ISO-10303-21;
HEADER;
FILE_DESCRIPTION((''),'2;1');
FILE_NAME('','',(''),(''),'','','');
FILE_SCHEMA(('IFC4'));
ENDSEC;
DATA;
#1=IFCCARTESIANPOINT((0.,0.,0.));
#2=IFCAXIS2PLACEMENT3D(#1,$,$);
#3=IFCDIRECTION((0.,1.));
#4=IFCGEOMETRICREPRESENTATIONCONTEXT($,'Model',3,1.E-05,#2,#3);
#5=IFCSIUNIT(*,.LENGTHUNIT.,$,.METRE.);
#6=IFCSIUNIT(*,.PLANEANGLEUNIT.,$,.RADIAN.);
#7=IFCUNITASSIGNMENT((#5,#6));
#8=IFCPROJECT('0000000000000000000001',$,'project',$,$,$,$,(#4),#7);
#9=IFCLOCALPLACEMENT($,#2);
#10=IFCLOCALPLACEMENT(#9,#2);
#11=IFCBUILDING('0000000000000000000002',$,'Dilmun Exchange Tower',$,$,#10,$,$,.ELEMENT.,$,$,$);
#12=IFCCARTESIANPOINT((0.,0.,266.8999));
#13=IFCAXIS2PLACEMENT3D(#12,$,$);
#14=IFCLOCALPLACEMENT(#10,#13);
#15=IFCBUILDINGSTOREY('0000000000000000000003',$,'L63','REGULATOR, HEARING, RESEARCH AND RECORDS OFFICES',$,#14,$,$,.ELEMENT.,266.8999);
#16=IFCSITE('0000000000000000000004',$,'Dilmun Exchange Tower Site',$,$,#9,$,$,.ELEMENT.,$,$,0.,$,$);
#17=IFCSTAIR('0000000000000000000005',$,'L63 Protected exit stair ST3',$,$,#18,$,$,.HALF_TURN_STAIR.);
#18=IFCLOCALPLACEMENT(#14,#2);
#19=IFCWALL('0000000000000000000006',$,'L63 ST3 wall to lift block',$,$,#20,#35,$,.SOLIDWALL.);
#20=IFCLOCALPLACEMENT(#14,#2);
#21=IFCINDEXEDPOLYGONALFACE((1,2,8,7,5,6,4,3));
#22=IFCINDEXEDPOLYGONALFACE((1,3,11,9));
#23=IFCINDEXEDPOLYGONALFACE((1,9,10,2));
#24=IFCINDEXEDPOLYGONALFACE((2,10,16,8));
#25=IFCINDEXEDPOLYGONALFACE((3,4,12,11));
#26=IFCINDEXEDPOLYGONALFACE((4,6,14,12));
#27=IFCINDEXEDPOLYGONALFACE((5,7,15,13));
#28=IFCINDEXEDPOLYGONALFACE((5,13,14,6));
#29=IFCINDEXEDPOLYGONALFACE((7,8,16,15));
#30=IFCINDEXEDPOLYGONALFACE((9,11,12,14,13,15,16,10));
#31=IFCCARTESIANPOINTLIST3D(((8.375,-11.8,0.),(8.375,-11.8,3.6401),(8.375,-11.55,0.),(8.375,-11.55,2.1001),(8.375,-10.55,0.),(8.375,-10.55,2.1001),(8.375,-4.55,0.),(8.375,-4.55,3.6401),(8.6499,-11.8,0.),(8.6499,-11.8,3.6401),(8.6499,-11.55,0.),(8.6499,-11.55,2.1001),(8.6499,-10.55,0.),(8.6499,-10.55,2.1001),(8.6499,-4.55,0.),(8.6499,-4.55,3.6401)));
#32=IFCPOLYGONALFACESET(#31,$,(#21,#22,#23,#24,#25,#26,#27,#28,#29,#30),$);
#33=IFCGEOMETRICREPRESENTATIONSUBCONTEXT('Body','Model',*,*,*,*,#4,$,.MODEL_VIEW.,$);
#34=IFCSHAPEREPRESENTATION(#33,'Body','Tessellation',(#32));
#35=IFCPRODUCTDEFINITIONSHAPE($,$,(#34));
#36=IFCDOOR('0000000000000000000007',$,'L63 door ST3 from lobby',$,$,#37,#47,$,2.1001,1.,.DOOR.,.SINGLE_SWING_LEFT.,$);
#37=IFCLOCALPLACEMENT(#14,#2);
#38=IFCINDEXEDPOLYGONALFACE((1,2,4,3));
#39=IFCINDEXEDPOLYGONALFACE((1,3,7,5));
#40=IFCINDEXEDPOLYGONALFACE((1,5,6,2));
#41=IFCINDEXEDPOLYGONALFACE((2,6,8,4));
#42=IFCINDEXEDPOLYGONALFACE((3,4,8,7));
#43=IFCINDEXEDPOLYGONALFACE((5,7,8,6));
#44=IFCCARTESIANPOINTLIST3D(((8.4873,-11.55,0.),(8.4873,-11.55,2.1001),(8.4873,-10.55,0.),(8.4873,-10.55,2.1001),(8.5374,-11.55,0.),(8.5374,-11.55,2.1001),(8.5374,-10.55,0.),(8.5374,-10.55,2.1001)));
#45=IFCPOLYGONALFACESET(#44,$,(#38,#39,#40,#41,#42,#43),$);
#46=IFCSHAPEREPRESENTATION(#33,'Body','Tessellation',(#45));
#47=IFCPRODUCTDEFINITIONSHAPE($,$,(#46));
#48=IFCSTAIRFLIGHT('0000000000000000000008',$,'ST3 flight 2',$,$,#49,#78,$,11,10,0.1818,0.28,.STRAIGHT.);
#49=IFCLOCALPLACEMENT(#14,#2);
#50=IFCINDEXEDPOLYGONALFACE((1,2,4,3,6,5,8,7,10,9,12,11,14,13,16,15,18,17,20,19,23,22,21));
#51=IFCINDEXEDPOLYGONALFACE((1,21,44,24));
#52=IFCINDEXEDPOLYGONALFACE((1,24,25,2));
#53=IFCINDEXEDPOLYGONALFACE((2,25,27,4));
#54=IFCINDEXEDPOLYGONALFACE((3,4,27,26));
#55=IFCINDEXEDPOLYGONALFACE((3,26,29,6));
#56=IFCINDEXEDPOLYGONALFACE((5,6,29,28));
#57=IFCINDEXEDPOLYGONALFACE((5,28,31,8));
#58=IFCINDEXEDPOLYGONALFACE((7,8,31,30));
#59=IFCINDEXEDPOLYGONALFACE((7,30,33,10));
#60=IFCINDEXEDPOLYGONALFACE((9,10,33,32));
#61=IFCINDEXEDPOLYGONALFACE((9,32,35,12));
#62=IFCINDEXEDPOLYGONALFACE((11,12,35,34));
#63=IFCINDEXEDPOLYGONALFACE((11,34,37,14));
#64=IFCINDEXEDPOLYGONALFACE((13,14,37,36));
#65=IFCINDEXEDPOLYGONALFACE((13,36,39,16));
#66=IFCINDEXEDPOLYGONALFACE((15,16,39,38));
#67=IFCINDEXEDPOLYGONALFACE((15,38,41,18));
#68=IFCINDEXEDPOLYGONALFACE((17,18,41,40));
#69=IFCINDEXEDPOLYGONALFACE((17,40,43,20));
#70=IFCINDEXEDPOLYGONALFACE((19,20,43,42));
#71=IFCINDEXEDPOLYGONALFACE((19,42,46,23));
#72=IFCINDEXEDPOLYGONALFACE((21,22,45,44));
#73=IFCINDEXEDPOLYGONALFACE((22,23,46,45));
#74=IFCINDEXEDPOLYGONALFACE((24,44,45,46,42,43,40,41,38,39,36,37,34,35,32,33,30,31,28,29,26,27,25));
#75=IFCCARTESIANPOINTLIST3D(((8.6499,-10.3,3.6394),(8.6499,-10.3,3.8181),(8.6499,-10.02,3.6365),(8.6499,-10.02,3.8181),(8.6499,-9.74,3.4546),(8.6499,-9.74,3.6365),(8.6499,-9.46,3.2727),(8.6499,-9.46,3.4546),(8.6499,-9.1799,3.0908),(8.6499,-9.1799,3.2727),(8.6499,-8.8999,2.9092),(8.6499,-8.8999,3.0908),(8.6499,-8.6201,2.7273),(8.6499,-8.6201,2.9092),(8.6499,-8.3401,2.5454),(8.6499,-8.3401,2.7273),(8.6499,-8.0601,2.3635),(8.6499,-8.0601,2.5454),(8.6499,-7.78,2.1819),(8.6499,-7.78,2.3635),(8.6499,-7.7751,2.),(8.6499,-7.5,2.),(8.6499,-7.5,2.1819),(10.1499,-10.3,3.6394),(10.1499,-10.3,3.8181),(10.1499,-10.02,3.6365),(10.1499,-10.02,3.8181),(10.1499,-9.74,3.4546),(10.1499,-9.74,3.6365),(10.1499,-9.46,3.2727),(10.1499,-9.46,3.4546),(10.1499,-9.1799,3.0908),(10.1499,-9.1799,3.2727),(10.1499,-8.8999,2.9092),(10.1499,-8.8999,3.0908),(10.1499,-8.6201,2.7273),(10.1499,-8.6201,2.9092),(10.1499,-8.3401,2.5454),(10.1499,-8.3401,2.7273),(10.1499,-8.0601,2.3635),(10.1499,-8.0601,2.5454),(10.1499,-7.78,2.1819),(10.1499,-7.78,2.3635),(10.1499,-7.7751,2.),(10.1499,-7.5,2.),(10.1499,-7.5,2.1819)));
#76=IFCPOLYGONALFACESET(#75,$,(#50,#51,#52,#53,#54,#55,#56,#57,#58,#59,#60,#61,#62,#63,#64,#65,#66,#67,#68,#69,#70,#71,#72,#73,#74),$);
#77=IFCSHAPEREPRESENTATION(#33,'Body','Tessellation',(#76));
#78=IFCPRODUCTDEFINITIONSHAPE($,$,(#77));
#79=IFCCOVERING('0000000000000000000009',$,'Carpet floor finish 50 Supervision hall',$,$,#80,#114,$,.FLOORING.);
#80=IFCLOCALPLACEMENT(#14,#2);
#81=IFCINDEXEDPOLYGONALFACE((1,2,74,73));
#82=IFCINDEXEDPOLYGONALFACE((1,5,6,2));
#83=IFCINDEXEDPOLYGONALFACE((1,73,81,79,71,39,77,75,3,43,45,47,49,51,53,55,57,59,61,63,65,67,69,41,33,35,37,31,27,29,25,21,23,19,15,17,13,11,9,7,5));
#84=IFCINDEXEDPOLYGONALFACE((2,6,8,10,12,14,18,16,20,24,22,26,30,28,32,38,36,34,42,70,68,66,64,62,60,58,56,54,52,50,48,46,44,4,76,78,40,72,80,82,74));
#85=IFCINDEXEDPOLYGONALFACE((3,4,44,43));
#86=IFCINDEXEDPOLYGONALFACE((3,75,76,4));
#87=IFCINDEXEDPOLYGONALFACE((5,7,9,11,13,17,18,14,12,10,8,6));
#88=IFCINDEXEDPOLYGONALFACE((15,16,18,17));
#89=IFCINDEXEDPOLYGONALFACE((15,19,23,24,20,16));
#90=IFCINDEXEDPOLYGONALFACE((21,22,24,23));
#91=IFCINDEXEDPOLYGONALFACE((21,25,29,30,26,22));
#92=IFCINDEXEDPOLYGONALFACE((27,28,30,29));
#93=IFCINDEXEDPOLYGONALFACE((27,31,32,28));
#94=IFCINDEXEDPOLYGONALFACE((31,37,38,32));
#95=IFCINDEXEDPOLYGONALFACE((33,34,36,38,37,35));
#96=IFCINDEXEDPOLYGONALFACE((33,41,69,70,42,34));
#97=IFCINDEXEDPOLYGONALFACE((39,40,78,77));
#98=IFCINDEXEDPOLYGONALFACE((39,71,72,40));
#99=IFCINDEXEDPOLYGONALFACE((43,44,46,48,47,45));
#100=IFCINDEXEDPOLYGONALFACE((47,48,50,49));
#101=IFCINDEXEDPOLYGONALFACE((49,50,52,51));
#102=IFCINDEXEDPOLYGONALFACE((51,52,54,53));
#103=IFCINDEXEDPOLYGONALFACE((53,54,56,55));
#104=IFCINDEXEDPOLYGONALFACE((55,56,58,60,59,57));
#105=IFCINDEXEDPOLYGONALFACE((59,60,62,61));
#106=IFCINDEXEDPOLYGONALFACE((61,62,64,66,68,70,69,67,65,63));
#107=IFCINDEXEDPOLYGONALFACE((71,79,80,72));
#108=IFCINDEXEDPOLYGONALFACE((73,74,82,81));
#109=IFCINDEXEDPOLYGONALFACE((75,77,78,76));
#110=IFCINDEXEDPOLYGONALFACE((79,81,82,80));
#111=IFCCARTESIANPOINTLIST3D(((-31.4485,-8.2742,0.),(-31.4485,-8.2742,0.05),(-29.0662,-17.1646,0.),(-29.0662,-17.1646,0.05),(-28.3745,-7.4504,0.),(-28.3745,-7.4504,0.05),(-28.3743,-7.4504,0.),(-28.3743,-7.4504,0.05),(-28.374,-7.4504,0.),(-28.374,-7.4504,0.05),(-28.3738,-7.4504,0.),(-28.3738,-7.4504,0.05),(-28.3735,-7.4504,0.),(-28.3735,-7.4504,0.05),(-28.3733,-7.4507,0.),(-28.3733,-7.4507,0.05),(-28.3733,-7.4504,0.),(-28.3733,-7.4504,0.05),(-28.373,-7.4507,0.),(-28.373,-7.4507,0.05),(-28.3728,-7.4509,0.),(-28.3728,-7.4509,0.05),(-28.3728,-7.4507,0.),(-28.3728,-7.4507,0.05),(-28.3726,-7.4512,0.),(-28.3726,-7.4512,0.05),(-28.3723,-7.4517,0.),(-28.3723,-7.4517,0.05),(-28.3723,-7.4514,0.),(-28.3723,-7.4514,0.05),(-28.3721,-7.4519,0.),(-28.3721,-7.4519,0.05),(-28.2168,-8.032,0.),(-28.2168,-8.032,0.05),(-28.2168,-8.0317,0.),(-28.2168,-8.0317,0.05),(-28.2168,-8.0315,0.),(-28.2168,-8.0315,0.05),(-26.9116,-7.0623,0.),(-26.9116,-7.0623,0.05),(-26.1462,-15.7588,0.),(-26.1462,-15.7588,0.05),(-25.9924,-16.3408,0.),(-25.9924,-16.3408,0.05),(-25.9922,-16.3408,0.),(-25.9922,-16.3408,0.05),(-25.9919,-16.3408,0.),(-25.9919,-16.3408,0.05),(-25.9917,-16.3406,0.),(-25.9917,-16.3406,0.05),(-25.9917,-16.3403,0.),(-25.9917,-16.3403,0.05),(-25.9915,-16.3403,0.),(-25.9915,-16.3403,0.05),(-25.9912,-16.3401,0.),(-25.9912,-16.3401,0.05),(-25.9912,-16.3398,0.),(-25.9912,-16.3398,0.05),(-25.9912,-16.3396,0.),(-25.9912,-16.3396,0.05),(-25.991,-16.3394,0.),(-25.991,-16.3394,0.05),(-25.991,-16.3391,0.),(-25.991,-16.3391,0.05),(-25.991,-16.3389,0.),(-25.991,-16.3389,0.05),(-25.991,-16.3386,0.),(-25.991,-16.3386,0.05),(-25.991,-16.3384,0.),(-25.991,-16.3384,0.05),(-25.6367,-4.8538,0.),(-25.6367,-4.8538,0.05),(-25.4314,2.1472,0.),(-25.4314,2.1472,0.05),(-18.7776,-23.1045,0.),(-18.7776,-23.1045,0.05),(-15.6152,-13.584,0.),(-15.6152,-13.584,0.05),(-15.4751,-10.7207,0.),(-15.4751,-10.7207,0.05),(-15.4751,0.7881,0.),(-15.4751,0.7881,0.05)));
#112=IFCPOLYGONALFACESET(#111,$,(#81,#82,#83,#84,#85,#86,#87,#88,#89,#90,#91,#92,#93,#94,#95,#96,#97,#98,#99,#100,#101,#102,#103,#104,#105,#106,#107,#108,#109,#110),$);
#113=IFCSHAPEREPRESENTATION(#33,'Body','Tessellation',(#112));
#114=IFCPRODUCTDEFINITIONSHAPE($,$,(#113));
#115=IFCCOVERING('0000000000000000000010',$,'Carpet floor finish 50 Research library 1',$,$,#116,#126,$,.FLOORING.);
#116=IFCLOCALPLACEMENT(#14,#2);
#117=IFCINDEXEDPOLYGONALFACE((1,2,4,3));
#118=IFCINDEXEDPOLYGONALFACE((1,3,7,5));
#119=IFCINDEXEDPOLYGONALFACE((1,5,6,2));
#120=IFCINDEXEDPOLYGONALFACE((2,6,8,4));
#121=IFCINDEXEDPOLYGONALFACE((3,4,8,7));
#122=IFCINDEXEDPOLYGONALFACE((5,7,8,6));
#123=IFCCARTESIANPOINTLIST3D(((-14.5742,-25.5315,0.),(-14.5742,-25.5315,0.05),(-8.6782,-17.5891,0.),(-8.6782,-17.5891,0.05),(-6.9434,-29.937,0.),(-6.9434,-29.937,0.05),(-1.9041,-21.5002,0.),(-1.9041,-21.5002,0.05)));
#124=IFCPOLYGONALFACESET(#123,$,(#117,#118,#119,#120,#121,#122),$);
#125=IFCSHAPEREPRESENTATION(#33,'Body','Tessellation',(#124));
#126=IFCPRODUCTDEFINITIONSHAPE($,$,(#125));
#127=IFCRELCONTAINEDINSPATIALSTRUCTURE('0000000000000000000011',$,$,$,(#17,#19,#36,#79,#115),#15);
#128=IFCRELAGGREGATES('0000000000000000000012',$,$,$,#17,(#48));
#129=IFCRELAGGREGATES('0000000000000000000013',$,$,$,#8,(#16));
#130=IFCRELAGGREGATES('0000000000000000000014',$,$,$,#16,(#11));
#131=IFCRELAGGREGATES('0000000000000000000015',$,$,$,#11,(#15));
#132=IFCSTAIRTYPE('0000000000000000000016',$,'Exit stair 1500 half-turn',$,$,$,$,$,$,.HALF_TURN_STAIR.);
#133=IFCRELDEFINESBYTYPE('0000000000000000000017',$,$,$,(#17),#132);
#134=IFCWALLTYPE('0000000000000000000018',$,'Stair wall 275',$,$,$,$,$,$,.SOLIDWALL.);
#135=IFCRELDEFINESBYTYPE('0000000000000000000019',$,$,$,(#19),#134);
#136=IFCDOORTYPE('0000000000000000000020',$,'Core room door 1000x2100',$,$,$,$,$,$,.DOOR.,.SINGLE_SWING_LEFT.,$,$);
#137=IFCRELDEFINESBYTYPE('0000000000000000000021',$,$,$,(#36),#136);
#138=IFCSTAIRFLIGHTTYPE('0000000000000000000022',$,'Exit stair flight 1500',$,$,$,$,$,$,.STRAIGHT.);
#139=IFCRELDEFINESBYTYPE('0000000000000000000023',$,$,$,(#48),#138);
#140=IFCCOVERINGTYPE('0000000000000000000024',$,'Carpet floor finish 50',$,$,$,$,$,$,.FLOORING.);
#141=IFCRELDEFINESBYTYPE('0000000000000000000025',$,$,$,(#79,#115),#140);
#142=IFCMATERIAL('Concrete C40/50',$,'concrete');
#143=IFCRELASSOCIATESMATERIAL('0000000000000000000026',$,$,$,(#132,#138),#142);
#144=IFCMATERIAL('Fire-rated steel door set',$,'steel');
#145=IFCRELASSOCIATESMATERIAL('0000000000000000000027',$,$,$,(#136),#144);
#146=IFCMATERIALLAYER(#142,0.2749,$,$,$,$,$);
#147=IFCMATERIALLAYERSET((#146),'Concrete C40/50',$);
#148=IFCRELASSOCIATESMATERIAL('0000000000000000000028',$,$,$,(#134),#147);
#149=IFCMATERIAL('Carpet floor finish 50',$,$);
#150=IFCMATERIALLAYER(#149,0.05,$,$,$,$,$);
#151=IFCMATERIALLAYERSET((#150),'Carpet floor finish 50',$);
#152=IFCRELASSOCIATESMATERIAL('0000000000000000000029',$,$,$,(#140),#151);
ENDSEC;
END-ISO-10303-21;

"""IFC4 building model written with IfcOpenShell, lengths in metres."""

from ifc_helpers import new_model, si_unit, direction, frame, frame_2d, origin, place, context, subcontext, project, spatial, polyline, rectangle, outline, extrude, material, layer, layer_set, type_object, element, fill, aggregate, save


model = new_model("IFC4")

# Units and contexts
model_context = context("Model", 3, precision=1e-05, world=origin(), true_north=direction((0.0, 1.0)))
body_context = subcontext(model_context, "Body", "Model", "MODEL_VIEW")
ifc_project = project(units=[si_unit("LENGTHUNIT", "METRE"), si_unit("PLANEANGLEUNIT", "RADIAN")], contexts=[model_context])

# Site, building, storey
site_placement = place(None, origin())
site = spatial("IfcSite", under=ifc_project, at=site_placement, Name="Dilmun Exchange Tower Site", CompositionType="ELEMENT", RefElevation=0.0)
building_placement = place(site_placement, origin())
building = spatial("IfcBuilding", under=site, at=building_placement, Name="Dilmun Exchange Tower", CompositionType="ELEMENT")
storey_placement = place(building_placement, frame((0.0, 0.0, 266.8999)))
storey = spatial("IfcBuildingStorey", under=building, at=storey_placement, Name="L63", Description="REGULATOR, HEARING, RESEARCH AND RECORDS OFFICES", CompositionType="ELEMENT", Elevation=266.8999)

# Shared definitions
ifc_material_1 = material(Name="Concrete C40/50", Category="concrete")

# Stair
stair_type = type_object("IfcStairType", Name="Exit stair 1500 half-turn", PredefinedType="HALF_TURN_STAIR", material=ifc_material_1)
stair_1_placement = place(storey_placement, origin())
stair_1 = element("IfcStair", 1, at=stair_1_placement, inside=storey, type_object=stair_type, Name="L63 Protected exit stair ST3", PredefinedType="HALF_TURN_STAIR")

# Shared definitions
ifc_material_2 = material(Name="Fire-rated steel door set", Category="steel")
door_type_1 = type_object("IfcDoorType", Name="Core room door 1000x2100", OperationType="SINGLE_SWING_LEFT", PredefinedType="DOOR", material=ifc_material_2)

# Wall, opening, door
ifc_layer_1 = layer(ifc_material_1, 0.2749)
ifc_layer_set_1 = layer_set([ifc_layer_1], Name="Concrete C40/50")
wall_type_1 = type_object("IfcWallType", Name="Stair wall 275", PredefinedType="SOLIDWALL", material=ifc_layer_set_1)
wall_1_placement = place(storey_placement, frame((8.5125, -4.55, 0.0), z_axis=(0.0, 0.0, 1.0), x_axis=(0.0, -1.0, 0.0)))
wall_1 = element("IfcWall", 2, at=wall_1_placement, inside=storey, type_object=wall_type_1, Name="L63 ST3 wall to lift block", PredefinedType="SOLIDWALL", context=body_context, shape_type="SweptSolid", body=[
    extrude(rectangle(XDim=7.25, YDim=0.2749, at=frame_2d((3.625, 0.0))), origin(), (0.0, 0.0, 1.0), 3.6401),
])
opening_1_placement = place(wall_1_placement, frame((6.0, 0.0, 0.0)))
opening_1 = element("IfcOpeningElement", 3, at=opening_1_placement, cuts=wall_1, PredefinedType="OPENING", context=body_context, shape_type="SweptSolid", body=[
    extrude(rectangle(XDim=1.0, YDim=2.1001, at=frame_2d((0.5, 1.05))), frame((0.0, 0.1475, 0.0), z_axis=(0.0, -1.0, 0.0), x_axis=(1.0, 0.0, 0.0)), (0.0, 0.0, 1.0), 0.2949),
])
door_1_placement = place(opening_1_placement, origin())
door_1 = element("IfcDoor", 4, at=door_1_placement, inside=storey, type_object=door_type_1, Name="L63 door ST3 from lobby", OperationType="SINGLE_SWING_LEFT", OverallHeight=2.1001, OverallWidth=1.0, PredefinedType="DOOR", context=body_context, shape_type="SweptSolid", body=[
    extrude(rectangle(XDim=1.0, YDim=2.1001, at=frame_2d((0.5, 1.05))), frame((0.0, 0.0249, 0.0), z_axis=(0.0, -1.0, 0.0), x_axis=(1.0, 0.0, 0.0)), (0.0, 0.0, 1.0), 0.05),
])
fill(opening_1, door_1)

# Stair flight
stair_flight_type = type_object("IfcStairFlightType", Name="Exit stair flight 1500", PredefinedType="STRAIGHT", material=ifc_material_1)
stair_flight_placement = place(storey_placement, frame((9.3999, -7.5, 2.0), z_axis=(0.0, 0.0, 1.0), x_axis=(0.0, -1.0, 0.0)))
stair_flight = element("IfcStairFlight", 5, at=stair_flight_placement, type_object=stair_flight_type, Name="ST3 flight 2", NumberOfRisers=11, NumberOfTreads=10, PredefinedType="STRAIGHT", RiserHeight=0.1818, TreadLength=0.28, context=body_context, shape_type="SweptSolid", body=[
    extrude(outline(polyline([(0.0, 0.0), (0.0, 0.1819), (0.28, 0.1819), (0.28, 0.3635), (0.5601, 0.3635), (0.5601, 0.5454), (0.8401, 0.5454), (0.8401, 0.7273), (1.1201, 0.7273), (1.1201, 0.9092), (1.3999, 0.9092), (1.3999, 1.0908), (1.6799, 1.0908), (1.6799, 1.2727), (1.96, 1.2727), (1.96, 1.4546), (2.24, 1.4546), (2.24, 1.6365), (2.52, 1.6365), (2.52, 1.8181), (2.8, 1.8181), (2.8, 2.0), (2.8, 1.6394), (0.2751, 0.0), (0.0, 0.0)])), frame((0.0, 0.75, 0.0), z_axis=(0.0, -1.0, 0.0), x_axis=(1.0, 0.0, 0.0)), (0.0, 0.0, 1.0), 1.5),
])
aggregate(stair_1, [stair_flight])

# Coverings
ifc_material_3 = material(Name="Carpet floor finish 50")
ifc_layer_2 = layer(ifc_material_3, 0.05)
ifc_layer_set_2 = layer_set([ifc_layer_2], Name="Carpet floor finish 50")
covering_type_1 = type_object("IfcCoveringType", Name="Carpet floor finish 50", PredefinedType="FLOORING", material=ifc_layer_set_2)
covering_1_placement = place(storey_placement, origin())
element("IfcCovering", 6, at=covering_1_placement, inside=storey, type_object=covering_type_1, Name="Carpet floor finish 50 Supervision hall", PredefinedType="FLOORING", context=body_context, shape_type="SweptSolid", body=[
    extrude(outline(polyline([(-15.4751, 0.7881), (-15.4751, -10.7207), (-25.6367, -4.8538), (-26.9116, -7.0623), (-15.6152, -13.584), (-18.7776, -23.1045), (-29.0662, -17.1646), (-25.9924, -16.3408), (-25.9922, -16.3408), (-25.9922, -16.3408), (-25.9919, -16.3408), (-25.9917, -16.3406), (-25.9917, -16.3403), (-25.9915, -16.3403), (-25.9912, -16.3401), (-25.9912, -16.3401), (-25.9912, -16.3398), (-25.9912, -16.3396), (-25.991, -16.3394), (-25.991, -16.3391), (-25.991, -16.3391), (-25.991, -16.3389), (-25.991, -16.3386), (-25.991, -16.3384), (-26.1462, -15.7588), (-28.2168, -8.032), (-28.2168, -8.032), (-28.2168, -8.0317), (-28.2168, -8.0317), (-28.2168, -8.0315), (-28.3721, -7.4519), (-28.3723, -7.4517), (-28.3723, -7.4514), (-28.3723, -7.4514), (-28.3726, -7.4512), (-28.3726, -7.4512), (-28.3728, -7.4509), (-28.3728, -7.4507), (-28.373, -7.4507), (-28.3733, -7.4507), (-28.3733, -7.4504), (-28.3735, -7.4504), (-28.3738, -7.4504), (-28.374, -7.4504), (-28.3743, -7.4504), (-28.3745, -7.4504), (-28.3745, -7.4504), (-31.4485, -8.2742), (-25.4314, 2.1472), (-15.4751, 0.7881)])), origin(), (0.0, 0.0, 1.0), 0.05),
])
covering_2_placement = place(storey_placement, origin())
element("IfcCovering", 7, at=covering_2_placement, inside=storey, type_object=covering_type_1, Name="Carpet floor finish 50 Research library 1", PredefinedType="FLOORING", context=body_context, shape_type="SweptSolid", body=[
    extrude(outline(polyline([(-8.6782, -17.5891), (-1.9041, -21.5002), (-6.9434, -29.937), (-14.5742, -25.5315), (-8.6782, -17.5891)])), origin(), (0.0, 0.0, 1.0), 0.05),
])

save(model, "model.ifc")
